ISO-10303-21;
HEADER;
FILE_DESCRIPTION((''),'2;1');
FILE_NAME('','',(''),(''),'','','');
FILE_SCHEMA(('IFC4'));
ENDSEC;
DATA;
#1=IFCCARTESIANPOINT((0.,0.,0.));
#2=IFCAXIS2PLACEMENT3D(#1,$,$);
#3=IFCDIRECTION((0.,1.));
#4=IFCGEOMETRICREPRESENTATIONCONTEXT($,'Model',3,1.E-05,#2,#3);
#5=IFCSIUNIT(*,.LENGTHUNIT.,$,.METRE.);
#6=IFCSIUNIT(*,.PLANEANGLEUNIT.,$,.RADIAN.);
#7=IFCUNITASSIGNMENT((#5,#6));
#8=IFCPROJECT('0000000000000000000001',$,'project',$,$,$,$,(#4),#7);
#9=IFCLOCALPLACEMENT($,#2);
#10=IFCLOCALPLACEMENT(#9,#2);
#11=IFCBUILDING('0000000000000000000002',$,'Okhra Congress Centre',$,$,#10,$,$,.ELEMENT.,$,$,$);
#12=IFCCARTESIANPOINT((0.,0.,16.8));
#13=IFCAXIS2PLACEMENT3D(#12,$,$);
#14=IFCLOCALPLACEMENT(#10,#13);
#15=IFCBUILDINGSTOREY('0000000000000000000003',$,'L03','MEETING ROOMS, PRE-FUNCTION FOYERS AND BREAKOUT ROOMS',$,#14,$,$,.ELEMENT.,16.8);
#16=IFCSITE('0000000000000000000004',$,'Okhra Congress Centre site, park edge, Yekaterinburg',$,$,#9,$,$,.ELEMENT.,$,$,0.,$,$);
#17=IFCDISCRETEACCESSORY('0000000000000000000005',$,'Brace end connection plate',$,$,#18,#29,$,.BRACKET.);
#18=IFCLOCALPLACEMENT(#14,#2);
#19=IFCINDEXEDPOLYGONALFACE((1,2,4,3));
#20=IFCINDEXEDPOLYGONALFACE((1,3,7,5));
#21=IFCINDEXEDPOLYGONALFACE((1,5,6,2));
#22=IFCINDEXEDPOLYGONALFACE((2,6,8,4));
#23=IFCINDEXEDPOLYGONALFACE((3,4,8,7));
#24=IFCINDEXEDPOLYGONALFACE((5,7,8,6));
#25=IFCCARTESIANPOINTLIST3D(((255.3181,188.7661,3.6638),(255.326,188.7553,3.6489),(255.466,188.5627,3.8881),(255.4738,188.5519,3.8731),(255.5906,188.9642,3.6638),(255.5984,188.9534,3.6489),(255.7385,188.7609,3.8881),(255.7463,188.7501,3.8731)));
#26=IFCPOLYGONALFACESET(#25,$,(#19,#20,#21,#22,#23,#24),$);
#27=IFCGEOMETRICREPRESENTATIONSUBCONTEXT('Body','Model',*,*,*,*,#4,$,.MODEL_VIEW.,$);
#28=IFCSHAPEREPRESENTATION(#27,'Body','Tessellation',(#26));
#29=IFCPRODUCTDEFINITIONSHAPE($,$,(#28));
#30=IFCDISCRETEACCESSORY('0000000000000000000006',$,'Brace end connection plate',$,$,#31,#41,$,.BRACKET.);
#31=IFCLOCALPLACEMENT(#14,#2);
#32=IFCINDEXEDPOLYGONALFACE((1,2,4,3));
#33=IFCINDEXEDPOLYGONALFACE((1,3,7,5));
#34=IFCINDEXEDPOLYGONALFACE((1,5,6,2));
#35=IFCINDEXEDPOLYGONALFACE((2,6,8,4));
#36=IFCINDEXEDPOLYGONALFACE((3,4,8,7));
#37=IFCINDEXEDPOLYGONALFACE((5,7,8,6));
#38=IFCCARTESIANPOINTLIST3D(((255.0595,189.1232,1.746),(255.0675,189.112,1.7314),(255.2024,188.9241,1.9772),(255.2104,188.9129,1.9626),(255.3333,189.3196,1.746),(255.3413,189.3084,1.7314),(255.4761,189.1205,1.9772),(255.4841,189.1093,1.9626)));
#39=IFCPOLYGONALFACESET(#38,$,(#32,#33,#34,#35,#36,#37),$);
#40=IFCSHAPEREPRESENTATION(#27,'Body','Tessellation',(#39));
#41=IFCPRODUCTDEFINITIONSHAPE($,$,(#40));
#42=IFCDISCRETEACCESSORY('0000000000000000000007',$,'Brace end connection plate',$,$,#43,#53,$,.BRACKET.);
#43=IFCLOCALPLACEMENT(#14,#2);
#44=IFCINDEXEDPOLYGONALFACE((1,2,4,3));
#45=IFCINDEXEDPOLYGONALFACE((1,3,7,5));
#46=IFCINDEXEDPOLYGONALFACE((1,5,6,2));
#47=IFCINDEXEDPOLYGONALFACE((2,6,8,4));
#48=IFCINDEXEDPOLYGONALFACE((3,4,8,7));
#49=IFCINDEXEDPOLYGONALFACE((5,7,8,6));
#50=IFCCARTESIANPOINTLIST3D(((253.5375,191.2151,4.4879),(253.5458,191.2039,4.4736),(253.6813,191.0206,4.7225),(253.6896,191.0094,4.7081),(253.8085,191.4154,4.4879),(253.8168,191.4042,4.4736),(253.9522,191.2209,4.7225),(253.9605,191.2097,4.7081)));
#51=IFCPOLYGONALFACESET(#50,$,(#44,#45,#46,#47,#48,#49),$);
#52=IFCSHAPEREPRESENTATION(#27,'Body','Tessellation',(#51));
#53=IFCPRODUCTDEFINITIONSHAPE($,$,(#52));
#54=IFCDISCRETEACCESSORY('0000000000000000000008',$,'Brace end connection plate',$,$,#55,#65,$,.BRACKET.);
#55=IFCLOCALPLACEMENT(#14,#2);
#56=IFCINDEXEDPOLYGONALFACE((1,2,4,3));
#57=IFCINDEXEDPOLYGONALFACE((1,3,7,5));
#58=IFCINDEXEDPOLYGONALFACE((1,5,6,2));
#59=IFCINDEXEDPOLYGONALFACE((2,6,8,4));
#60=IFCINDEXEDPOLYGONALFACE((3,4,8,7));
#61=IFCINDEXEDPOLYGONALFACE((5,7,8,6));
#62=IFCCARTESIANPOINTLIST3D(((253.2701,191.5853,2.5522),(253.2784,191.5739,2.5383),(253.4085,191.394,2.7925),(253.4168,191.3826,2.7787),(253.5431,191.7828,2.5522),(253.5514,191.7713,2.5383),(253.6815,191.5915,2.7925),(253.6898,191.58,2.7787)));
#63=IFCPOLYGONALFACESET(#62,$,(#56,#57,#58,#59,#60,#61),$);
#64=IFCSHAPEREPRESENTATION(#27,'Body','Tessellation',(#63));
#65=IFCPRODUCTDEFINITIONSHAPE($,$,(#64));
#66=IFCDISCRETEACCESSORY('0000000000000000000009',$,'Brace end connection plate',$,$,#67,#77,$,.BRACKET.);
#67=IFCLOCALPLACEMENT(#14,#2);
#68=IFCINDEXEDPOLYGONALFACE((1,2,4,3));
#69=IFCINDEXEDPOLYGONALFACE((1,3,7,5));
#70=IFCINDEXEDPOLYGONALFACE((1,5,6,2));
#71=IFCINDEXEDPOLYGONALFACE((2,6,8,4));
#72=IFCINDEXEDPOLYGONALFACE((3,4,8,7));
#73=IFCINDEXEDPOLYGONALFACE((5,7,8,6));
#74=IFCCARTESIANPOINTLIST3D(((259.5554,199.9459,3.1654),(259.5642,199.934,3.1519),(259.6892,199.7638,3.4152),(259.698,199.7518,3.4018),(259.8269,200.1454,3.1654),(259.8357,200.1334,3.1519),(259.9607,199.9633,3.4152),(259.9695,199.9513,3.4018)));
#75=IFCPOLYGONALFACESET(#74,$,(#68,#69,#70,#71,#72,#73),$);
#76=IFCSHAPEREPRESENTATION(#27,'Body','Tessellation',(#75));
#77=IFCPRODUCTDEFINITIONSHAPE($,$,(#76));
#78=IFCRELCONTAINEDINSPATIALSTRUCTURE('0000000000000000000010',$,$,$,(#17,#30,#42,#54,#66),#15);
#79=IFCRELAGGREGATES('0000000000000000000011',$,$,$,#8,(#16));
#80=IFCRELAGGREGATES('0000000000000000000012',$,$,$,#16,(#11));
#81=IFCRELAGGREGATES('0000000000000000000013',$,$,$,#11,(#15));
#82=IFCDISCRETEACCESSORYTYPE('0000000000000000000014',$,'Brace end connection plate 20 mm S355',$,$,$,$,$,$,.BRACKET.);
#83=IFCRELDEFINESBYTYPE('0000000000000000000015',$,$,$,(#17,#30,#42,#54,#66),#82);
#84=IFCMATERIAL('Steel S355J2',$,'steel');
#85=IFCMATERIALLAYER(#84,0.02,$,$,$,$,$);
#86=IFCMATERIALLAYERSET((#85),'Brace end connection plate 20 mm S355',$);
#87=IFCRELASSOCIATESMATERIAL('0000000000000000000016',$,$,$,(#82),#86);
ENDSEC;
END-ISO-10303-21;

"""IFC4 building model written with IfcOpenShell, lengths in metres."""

from ifc_helpers import new_model, si_unit, direction, frame, origin, origin_2d, place, context, subcontext, project, spatial, rectangle, extrude, material, layer, layer_set, type_object, element, save


model = new_model("IFC4")

# Units and contexts
model_context = context("Model", 3, precision=1e-05, world=origin(), true_north=direction((0.0, 1.0)))
body_context = subcontext(model_context, "Body", "Model", "MODEL_VIEW")
ifc_project = project(units=[si_unit("LENGTHUNIT", "METRE"), si_unit("PLANEANGLEUNIT", "RADIAN")], contexts=[model_context])

# Site, building, storey
site_placement = place(None, origin())
site = spatial("IfcSite", under=ifc_project, at=site_placement, Name="Okhra Congress Centre site, park edge, Yekaterinburg", CompositionType="ELEMENT", RefElevation=0.0)
building_placement = place(site_placement, origin())
building = spatial("IfcBuilding", under=site, at=building_placement, Name="Okhra Congress Centre", CompositionType="ELEMENT")
storey_placement = place(building_placement, frame((0.0, 0.0, 16.8)))
storey = spatial("IfcBuildingStorey", under=building, at=storey_placement, Name="L03", Description="MEETING ROOMS, PRE-FUNCTION FOYERS AND BREAKOUT ROOMS", CompositionType="ELEMENT", Elevation=16.8)

# Shared definitions
ifc_material_1 = material(Name="Steel S355J2", Category="steel")

# Discrete accessories
ifc_layer = layer(ifc_material_1, 0.02)
ifc_layer_set = layer_set([ifc_layer], Name="Brace end connection plate 20 mm S355")
discrete_accessory_type = type_object("IfcDiscreteAccessoryType", Name="Brace end connection plate 20 mm S355", PredefinedType="BRACKET", material=ifc_layer_set)
for number, where, z_axis, x_axis, name in (
    (1, (255.5361, 188.7527, 3.761), (-0.391498, 0.538309, 0.746293), (-0.808736, -0.588172, 0.0), "Brace end connection plate"),
    (2, (255.2678, 189.1218, 1.8616), (0.400037, -0.557627, -0.72734), (0.812538, 0.582908, 0.0), "Brace end connection plate"),
    (3, (253.7532, 191.2068, 4.5908), (-0.413743, 0.55977, 0.717966), (-0.804176, -0.594391, 0.0), "Brace end connection plate"),
):
    element("IfcDiscreteAccessory", number, at=place(storey_placement, frame(where, z_axis=z_axis, x_axis=x_axis)), inside=storey, type_object=discrete_accessory_type, Name=name, PredefinedType="BRACKET", context=body_context, shape_type="SweptSolid", body=[
        extrude(rectangle(XDim=0.3369, YDim=0.3369, at=origin_2d()), origin(), (0.0, 0.0, 1.0), 0.02),
    ])
discrete_accessory_1_placement = place(storey_placement, frame((253.4758, 191.5884, 2.6724), z_axis=(0.418068, -0.577917, -0.700879), x_axis=(0.810224, 0.58612, 0.0)))
element("IfcDiscreteAccessory", 4, at=discrete_accessory_1_placement, inside=storey, type_object=discrete_accessory_type, Name="Brace end connection plate", PredefinedType="BRACKET", context=body_context, shape_type="SweptSolid", body=[
    extrude(rectangle(XDim=0.3369, YDim=0.3369, at=origin_2d()), origin(), (0.0, 0.0, 1.0), 0.0198),
])
discrete_accessory_2_placement = place(storey_placement, frame((259.7581, 199.9546, 3.2903), z_axis=(0.43909, -0.59765, -0.670831), x_axis=(0.805882, 0.592076, 0.0)))
element("IfcDiscreteAccessory", 5, at=discrete_accessory_2_placement, inside=storey, type_object=discrete_accessory_type, Name="Brace end connection plate", PredefinedType="BRACKET", context=body_context, shape_type="SweptSolid", body=[
    extrude(rectangle(XDim=0.3369, YDim=0.3369, at=origin_2d()), origin(), (0.0, 0.0, 1.0), 0.02),
])

save(model, "model.ifc")
